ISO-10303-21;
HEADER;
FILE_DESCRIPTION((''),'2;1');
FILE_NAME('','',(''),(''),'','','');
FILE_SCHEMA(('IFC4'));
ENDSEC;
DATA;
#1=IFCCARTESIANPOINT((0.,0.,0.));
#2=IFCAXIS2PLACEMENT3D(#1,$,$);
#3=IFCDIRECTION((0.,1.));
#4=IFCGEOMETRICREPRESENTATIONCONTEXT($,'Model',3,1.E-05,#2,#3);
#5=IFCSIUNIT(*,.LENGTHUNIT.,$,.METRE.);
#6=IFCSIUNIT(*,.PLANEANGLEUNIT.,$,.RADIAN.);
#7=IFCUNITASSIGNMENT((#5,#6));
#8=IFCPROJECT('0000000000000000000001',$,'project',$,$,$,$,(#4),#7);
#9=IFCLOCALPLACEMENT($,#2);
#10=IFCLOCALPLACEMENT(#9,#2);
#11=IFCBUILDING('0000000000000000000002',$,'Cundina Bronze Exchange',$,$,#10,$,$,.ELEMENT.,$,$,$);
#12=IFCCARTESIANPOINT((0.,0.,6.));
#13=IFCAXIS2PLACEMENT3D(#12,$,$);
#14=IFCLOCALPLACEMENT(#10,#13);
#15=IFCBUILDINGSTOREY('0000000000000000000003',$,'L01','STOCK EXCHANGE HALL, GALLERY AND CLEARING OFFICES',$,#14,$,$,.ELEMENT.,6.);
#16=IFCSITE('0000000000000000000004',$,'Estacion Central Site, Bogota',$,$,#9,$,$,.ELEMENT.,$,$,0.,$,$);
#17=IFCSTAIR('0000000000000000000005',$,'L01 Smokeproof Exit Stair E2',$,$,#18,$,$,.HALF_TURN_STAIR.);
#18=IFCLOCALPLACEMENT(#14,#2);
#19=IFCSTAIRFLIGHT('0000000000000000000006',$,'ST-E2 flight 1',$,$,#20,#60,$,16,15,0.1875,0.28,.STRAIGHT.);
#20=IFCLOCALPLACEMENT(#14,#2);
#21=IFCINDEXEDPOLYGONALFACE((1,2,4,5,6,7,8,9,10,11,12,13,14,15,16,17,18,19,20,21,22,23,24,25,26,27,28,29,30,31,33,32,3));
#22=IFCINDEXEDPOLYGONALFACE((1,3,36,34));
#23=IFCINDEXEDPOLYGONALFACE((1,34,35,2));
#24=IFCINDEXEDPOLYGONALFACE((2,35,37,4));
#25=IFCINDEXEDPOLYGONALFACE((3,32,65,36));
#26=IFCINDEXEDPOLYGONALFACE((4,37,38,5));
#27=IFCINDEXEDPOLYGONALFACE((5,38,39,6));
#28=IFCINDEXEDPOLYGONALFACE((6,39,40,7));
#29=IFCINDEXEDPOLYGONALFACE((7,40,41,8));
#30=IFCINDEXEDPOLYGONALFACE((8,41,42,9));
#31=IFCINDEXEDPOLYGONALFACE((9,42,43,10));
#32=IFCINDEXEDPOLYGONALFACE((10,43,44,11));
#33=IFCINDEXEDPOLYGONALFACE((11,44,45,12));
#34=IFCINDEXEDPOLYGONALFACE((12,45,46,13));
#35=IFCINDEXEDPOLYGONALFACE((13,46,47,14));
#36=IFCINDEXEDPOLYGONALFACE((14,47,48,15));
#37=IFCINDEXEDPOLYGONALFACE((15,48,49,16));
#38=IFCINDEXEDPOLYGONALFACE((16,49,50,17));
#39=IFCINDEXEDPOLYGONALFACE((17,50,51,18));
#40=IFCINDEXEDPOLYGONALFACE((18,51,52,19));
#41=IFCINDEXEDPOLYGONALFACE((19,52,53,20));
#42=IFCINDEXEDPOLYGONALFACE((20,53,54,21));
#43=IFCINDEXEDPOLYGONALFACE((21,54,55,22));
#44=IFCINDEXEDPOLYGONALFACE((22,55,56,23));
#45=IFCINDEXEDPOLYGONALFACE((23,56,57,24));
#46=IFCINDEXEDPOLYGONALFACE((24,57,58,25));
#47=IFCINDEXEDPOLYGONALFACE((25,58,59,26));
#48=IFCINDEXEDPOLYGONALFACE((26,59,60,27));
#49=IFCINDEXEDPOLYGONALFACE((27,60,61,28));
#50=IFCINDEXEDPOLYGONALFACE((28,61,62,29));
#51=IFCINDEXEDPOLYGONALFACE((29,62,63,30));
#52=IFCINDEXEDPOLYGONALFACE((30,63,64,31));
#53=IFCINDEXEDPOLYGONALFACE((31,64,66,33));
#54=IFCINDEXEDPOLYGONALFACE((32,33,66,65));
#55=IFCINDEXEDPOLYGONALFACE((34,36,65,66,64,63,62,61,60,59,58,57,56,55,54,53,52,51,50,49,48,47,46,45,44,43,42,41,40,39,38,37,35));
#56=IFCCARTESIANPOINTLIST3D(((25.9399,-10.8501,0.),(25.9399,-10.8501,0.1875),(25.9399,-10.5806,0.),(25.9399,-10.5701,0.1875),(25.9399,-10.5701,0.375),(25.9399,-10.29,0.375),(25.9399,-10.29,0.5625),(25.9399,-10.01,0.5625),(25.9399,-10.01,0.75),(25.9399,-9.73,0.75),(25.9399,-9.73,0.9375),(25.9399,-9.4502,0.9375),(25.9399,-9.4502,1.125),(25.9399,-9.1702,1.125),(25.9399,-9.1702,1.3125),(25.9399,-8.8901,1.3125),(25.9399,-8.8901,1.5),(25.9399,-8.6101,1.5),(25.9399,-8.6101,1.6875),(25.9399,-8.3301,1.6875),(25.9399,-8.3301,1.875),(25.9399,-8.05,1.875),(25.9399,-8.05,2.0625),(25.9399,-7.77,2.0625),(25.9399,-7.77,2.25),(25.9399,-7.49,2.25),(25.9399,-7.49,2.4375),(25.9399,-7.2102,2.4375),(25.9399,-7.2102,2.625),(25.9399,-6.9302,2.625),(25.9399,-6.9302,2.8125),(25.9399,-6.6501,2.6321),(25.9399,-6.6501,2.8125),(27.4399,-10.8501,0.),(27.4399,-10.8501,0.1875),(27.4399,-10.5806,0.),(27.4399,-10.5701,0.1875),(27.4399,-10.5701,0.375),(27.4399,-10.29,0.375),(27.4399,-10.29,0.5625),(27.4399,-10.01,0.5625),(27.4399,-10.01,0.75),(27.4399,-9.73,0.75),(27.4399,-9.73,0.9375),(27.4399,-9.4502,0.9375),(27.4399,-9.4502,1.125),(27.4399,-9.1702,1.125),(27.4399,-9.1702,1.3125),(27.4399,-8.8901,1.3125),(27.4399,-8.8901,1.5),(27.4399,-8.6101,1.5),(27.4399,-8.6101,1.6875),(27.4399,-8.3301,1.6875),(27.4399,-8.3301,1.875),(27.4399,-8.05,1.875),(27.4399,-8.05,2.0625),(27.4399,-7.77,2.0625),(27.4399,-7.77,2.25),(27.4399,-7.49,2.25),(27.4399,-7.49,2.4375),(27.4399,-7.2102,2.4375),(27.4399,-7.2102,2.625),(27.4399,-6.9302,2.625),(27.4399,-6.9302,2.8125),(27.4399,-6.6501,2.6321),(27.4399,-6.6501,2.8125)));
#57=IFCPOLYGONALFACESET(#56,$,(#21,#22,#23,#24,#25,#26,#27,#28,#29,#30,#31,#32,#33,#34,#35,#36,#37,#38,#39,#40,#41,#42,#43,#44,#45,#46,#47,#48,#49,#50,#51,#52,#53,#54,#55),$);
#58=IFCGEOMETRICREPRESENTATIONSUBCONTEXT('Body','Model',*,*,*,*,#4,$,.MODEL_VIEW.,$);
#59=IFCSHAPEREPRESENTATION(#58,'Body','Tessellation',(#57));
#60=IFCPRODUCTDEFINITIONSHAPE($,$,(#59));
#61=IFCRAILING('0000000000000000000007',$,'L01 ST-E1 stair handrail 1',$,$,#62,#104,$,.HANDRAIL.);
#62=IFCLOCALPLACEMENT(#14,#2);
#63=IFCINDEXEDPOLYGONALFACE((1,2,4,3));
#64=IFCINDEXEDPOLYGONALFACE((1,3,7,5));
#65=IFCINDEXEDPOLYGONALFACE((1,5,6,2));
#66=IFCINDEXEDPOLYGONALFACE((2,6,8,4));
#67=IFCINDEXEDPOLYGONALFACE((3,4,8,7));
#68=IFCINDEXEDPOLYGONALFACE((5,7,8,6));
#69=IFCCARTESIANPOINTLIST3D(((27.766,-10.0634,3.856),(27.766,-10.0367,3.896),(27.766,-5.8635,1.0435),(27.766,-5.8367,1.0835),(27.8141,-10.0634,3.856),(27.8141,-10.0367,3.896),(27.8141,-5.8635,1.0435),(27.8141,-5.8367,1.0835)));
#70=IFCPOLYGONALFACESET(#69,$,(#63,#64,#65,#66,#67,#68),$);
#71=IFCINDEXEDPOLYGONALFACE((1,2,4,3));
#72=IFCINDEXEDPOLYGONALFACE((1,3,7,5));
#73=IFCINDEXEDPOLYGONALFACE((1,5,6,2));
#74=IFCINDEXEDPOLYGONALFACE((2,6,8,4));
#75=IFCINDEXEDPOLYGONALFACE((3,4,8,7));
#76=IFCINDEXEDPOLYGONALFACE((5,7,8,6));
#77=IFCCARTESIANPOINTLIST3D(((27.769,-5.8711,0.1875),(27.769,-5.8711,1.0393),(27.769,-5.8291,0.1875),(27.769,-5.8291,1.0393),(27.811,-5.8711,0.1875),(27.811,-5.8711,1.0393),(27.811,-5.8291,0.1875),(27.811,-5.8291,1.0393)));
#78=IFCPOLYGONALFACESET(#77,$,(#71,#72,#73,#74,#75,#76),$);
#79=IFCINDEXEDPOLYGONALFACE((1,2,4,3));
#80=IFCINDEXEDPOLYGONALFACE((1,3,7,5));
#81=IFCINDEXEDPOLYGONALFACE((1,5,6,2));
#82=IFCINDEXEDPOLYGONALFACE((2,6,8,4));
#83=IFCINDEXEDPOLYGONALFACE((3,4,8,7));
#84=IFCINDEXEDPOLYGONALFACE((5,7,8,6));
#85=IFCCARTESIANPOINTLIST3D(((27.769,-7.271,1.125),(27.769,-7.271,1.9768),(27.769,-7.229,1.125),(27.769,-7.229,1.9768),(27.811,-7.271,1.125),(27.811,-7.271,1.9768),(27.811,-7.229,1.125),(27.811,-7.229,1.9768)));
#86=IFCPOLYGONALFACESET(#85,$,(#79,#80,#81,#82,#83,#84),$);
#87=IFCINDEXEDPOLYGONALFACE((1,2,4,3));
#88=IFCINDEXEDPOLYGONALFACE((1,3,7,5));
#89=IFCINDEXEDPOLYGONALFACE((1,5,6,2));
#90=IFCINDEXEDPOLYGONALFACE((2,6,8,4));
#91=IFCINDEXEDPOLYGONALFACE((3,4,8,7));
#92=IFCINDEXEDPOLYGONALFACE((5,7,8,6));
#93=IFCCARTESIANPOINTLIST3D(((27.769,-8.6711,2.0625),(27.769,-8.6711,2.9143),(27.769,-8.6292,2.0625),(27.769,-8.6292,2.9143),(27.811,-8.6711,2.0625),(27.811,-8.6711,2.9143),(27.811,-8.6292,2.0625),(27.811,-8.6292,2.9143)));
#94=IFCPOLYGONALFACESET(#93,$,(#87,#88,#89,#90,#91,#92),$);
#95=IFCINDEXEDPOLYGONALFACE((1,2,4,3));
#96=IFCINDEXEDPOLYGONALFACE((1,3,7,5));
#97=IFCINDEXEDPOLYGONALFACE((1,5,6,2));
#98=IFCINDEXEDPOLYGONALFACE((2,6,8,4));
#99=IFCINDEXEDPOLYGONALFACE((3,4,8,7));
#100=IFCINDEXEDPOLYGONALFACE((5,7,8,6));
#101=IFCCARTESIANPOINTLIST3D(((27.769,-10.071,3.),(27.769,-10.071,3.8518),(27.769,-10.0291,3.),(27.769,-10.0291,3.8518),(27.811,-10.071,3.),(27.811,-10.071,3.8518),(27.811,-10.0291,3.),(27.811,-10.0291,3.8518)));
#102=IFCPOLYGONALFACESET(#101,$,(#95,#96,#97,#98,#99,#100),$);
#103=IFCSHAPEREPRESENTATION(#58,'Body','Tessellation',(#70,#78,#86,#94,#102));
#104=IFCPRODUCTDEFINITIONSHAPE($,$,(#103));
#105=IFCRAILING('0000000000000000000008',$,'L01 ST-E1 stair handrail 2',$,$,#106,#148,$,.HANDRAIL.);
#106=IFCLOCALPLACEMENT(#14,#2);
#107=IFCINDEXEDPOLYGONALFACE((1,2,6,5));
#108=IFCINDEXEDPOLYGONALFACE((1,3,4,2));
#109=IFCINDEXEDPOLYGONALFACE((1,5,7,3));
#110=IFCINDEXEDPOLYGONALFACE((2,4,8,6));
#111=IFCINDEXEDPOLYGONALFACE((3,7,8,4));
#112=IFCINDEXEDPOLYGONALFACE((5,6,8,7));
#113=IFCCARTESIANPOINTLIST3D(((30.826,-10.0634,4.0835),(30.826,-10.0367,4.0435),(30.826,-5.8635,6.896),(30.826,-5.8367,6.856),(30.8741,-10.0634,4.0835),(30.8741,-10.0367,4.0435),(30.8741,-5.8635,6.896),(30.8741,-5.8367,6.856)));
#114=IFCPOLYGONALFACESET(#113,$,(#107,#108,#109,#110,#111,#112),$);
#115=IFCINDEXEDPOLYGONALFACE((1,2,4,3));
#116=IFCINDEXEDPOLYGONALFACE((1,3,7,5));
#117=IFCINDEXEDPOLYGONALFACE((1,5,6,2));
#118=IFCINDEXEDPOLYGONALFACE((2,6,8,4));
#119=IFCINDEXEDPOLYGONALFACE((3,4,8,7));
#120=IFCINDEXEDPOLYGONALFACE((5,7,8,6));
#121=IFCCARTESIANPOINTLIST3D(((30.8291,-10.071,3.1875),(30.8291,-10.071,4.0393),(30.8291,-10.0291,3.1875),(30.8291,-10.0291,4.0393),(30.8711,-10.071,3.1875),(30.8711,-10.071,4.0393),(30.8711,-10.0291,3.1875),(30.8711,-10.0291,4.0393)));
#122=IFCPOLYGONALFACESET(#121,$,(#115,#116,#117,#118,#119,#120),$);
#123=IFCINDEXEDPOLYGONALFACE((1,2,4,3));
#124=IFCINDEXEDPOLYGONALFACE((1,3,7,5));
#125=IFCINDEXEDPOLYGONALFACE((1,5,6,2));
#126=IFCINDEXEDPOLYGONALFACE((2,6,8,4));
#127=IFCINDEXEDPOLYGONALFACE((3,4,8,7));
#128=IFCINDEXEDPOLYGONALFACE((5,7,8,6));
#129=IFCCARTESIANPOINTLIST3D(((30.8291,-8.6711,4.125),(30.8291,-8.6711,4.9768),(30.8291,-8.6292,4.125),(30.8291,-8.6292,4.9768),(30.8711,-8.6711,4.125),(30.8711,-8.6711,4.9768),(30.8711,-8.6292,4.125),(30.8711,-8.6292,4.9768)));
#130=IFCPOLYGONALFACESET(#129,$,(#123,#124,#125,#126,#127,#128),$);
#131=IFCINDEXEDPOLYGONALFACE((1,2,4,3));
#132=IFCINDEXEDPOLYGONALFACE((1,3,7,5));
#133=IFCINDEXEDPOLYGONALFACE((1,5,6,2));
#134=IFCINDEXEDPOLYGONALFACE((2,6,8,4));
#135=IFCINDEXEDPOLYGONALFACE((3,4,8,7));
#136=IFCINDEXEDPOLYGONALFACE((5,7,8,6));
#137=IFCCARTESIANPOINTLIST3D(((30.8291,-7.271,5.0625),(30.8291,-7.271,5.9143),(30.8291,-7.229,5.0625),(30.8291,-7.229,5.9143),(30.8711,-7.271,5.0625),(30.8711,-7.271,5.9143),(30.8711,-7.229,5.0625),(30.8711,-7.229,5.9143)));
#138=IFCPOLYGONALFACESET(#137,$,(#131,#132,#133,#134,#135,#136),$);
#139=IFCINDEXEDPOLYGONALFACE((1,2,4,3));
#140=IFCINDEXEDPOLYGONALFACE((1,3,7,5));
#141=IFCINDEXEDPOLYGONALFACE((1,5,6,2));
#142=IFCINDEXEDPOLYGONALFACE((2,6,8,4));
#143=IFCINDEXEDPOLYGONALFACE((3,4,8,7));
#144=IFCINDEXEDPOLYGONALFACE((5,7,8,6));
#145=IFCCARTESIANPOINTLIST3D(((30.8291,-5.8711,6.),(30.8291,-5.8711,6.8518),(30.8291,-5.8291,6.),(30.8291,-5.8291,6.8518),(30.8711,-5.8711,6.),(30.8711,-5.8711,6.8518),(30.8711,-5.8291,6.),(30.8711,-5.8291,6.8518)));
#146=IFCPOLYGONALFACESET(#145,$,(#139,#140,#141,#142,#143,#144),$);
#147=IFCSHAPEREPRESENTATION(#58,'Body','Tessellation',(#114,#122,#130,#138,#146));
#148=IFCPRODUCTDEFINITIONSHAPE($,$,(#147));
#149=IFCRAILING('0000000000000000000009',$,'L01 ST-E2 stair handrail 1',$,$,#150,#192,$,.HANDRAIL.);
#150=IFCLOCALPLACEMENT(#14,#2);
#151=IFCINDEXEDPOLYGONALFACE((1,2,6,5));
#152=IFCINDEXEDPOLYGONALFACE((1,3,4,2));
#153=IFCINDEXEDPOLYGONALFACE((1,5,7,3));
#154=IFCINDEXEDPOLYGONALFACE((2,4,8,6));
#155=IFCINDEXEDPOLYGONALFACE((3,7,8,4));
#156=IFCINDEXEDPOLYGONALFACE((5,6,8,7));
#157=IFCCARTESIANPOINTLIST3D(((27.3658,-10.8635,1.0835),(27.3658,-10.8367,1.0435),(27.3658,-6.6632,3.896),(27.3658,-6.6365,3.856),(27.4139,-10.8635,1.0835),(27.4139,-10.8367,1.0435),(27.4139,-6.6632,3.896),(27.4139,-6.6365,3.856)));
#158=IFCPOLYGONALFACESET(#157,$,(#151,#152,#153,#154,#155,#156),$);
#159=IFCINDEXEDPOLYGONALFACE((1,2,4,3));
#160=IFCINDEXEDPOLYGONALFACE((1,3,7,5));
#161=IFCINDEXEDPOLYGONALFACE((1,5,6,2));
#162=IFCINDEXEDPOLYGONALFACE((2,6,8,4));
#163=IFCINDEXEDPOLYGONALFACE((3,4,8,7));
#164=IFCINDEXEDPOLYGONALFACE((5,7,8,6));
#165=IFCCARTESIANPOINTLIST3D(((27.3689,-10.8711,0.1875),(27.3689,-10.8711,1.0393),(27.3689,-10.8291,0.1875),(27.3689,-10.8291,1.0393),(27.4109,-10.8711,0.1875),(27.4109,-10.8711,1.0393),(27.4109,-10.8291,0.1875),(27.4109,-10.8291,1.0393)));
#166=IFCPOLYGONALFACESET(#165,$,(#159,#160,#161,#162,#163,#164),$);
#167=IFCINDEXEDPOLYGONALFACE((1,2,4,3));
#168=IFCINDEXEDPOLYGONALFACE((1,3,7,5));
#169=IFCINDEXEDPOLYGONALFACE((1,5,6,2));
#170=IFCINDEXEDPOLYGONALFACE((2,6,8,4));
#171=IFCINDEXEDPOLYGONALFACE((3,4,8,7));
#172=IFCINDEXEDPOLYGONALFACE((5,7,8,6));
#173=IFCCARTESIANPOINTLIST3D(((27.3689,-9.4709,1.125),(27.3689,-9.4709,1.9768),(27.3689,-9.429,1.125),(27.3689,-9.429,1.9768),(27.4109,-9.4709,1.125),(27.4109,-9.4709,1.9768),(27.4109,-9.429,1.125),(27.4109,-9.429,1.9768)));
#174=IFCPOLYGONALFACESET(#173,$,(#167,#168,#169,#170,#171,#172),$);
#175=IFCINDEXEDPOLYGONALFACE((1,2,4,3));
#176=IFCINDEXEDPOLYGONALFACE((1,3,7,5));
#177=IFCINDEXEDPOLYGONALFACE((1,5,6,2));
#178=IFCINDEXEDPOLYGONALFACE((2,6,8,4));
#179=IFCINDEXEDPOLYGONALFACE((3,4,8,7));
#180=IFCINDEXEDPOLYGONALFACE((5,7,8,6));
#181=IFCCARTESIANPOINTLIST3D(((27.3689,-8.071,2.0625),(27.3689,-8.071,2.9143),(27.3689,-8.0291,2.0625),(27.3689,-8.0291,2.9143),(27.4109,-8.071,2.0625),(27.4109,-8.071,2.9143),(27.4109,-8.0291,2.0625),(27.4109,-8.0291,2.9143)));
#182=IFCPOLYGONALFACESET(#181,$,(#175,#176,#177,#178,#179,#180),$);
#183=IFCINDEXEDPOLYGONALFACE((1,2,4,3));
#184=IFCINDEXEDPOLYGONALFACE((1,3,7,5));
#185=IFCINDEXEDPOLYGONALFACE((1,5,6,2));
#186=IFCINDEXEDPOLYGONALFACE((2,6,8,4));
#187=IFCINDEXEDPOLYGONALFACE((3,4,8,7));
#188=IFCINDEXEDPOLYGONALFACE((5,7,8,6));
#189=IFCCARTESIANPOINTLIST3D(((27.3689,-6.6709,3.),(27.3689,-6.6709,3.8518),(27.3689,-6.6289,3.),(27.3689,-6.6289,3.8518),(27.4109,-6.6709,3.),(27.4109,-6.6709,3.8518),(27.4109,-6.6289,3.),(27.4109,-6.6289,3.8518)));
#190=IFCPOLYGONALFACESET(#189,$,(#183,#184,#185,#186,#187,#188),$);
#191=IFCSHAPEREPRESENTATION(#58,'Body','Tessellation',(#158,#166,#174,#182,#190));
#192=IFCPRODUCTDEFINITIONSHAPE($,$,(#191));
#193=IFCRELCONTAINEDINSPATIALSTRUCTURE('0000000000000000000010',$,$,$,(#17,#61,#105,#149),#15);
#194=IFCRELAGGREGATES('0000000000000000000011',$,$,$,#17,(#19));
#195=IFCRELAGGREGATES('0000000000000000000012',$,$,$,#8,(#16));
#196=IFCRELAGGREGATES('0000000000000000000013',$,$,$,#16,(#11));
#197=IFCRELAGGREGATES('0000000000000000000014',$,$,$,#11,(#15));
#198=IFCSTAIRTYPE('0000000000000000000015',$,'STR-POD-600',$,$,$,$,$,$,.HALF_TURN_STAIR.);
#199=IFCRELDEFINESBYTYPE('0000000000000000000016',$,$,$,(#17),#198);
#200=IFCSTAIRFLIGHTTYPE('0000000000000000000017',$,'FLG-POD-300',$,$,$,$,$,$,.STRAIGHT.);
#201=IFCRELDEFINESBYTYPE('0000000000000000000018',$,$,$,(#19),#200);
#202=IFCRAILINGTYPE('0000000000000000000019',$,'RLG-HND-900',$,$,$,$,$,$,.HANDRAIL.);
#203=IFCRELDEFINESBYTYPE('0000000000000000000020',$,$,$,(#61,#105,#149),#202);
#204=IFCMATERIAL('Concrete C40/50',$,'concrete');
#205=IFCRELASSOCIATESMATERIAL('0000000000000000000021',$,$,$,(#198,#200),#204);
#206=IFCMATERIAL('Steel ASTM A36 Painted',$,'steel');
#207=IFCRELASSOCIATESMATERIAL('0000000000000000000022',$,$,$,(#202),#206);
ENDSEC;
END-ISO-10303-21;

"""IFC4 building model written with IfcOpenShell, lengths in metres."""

from ifc_helpers import new_model, si_unit, direction, frame, origin, origin_2d, place, context, subcontext, project, spatial, polyline, rectangle, outline, extrude, material, type_object, element, aggregate, save


model = new_model("IFC4")

# Units and contexts
model_context = context("Model", 3, precision=1e-05, world=origin(), true_north=direction((0.0, 1.0)))
body_context = subcontext(model_context, "Body", "Model", "MODEL_VIEW")
ifc_project = project(units=[si_unit("LENGTHUNIT", "METRE"), si_unit("PLANEANGLEUNIT", "RADIAN")], contexts=[model_context])

# Site, building, storey
site_placement = place(None, origin())
site = spatial("IfcSite", under=ifc_project, at=site_placement, Name="Estacion Central Site, Bogota", CompositionType="ELEMENT", RefElevation=0.0)
building_placement = place(site_placement, origin())
building = spatial("IfcBuilding", under=site, at=building_placement, Name="Cundina Bronze Exchange", CompositionType="ELEMENT")
storey_placement = place(building_placement, frame((0.0, 0.0, 6.0)))
storey = spatial("IfcBuildingStorey", under=building, at=storey_placement, Name="L01", Description="STOCK EXCHANGE HALL, GALLERY AND CLEARING OFFICES", CompositionType="ELEMENT", Elevation=6.0)

# Shared definitions
ifc_material_1 = material(Name="Concrete C40/50", Category="concrete")

# Shared definitions
ifc_material_2 = material(Name="Steel ASTM A36 Painted", Category="steel")

# Shared definitions
stair_type = type_object("IfcStairType", Name="STR-POD-600", PredefinedType="HALF_TURN_STAIR", material=ifc_material_1)
stair_flight_type = type_object("IfcStairFlightType", Name="FLG-POD-300", PredefinedType="STRAIGHT", material=ifc_material_1)

# Stair, stair flight
stair_1_placement = place(storey_placement, origin())
stair_1 = element("IfcStair", 1, at=stair_1_placement, inside=storey, type_object=stair_type, Name="L01 Smokeproof Exit Stair E2", PredefinedType="HALF_TURN_STAIR")
stair_flight_1_placement = place(storey_placement, frame((26.6899, -10.8501, 0.0), z_axis=(0.0, 0.0, 1.0), x_axis=(0.0, 1.0, 0.0)))
stair_flight_1 = element("IfcStairFlight", 2, at=stair_flight_1_placement, type_object=stair_flight_type, Name="ST-E2 flight 1", NumberOfRisers=16, NumberOfTreads=15, PredefinedType="STRAIGHT", RiserHeight=0.1875, TreadLength=0.28, context=body_context, shape_type="SweptSolid", body=[
    extrude(outline(polyline([(0.0, 0.0), (0.0, 0.1875), (0.28, 0.1875), (0.28, 0.375), (0.5601, 0.375), (0.5601, 0.5625), (0.8401, 0.5625), (0.8401, 0.75), (1.1201, 0.75), (1.1201, 0.9375), (1.3999, 0.9375), (1.3999, 1.125), (1.6799, 1.125), (1.6799, 1.3125), (1.96, 1.3125), (1.96, 1.5), (2.24, 1.5), (2.24, 1.6875), (2.52, 1.6875), (2.52, 1.875), (2.8, 1.875), (2.8, 2.0625), (3.0801, 2.0625), (3.0801, 2.25), (3.3601, 2.25), (3.3601, 2.4375), (3.6399, 2.4375), (3.6399, 2.625), (3.9199, 2.625), (3.9199, 2.8125), (4.2, 2.8125), (4.2, 3.0), (4.2, 2.6321), (0.2695, 0.0), (0.0, 0.0)])), frame((0.0, 0.75, 0.0), z_axis=(0.0, -1.0, 0.0), x_axis=(1.0, 0.0, 0.0)), (0.0, 0.0, 1.0), 1.5),
])
aggregate(stair_1, [stair_flight_1])

# Railings
railing_type_1 = type_object("IfcRailingType", Name="RLG-HND-900", PredefinedType="HANDRAIL", material=ifc_material_2)
railing_1_placement = place(storey_placement, frame((27.79, -5.8501, 0.1875)))
element("IfcRailing", 3, at=railing_1_placement, inside=storey, type_object=railing_type_1, Name="L01 ST-E1 stair handrail 1", PredefinedType="HANDRAIL", context=body_context, shape_type="SweptSolid", body=[
    extrude(rectangle(XDim=0.0481, YDim=0.0481, at=origin_2d()), frame((0.0, 0.0, 0.876), z_axis=(0.0, -0.830904, 0.556416), x_axis=(1.0, 0.0, 0.0)), (0.0, 0.0, 1.0), 5.0547),
    extrude(rectangle(XDim=0.042, YDim=0.042, at=origin_2d()), origin(), (0.0, 0.0, 1.0), 0.8518),
    extrude(rectangle(XDim=0.042, YDim=0.042, at=origin_2d()), frame((0.0, -1.3999, 0.9375)), (0.0, 0.0, 1.0), 0.8518),
    extrude(rectangle(XDim=0.042, YDim=0.042, at=origin_2d()), frame((0.0, -2.8, 1.875)), (0.0, 0.0, 1.0), 0.8518),
    extrude(rectangle(XDim=0.042, YDim=0.042, at=origin_2d()), frame((0.0, -4.2, 2.8125)), (0.0, 0.0, 1.0), 0.8518),
])
railing_2_placement = place(storey_placement, frame((30.8501, -10.05, 3.1875)))
element("IfcRailing", 4, at=railing_2_placement, inside=storey, type_object=railing_type_1, Name="L01 ST-E1 stair handrail 2", PredefinedType="HANDRAIL", context=body_context, shape_type="SweptSolid", body=[
    extrude(rectangle(XDim=0.0481, YDim=0.0481, at=origin_2d()), frame((0.0, 0.0, 0.876), z_axis=(0.0, 0.830904, 0.556416), x_axis=(-1.0, 0.0, 0.0)), (0.0, 0.0, 1.0), 5.0547),
    extrude(rectangle(XDim=0.042, YDim=0.042, at=origin_2d()), origin(), (0.0, 0.0, 1.0), 0.8518),
    extrude(rectangle(XDim=0.042, YDim=0.042, at=origin_2d()), frame((0.0, 1.3999, 0.9375)), (0.0, 0.0, 1.0), 0.8518),
    extrude(rectangle(XDim=0.042, YDim=0.042, at=origin_2d()), frame((0.0, 2.8, 1.875)), (0.0, 0.0, 1.0), 0.8518),
    extrude(rectangle(XDim=0.042, YDim=0.042, at=origin_2d()), frame((0.0, 4.2, 2.8125)), (0.0, 0.0, 1.0), 0.8518),
])
railing_3_placement = place(storey_placement, frame((27.3899, -10.8501, 0.1875)))
element("IfcRailing", 5, at=railing_3_placement, inside=storey, type_object=railing_type_1, Name="L01 ST-E2 stair handrail 1", PredefinedType="HANDRAIL", context=body_context, shape_type="SweptSolid", body=[
    extrude(rectangle(XDim=0.0481, YDim=0.0481, at=origin_2d()), frame((0.0, 0.0, 0.876), z_axis=(0.0, 0.830919, 0.556393), x_axis=(-1.0, 0.0, 0.0)), (0.0, 0.0, 1.0), 5.0549),
    extrude(rectangle(XDim=0.042, YDim=0.042, at=origin_2d()), origin(), (0.0, 0.0, 1.0), 0.8518),
    extrude(rectangle(XDim=0.042, YDim=0.042, at=origin_2d()), frame((0.0, 1.4001, 0.9375)), (0.0, 0.0, 1.0), 0.8518),
    extrude(rectangle(XDim=0.042, YDim=0.042, at=origin_2d()), frame((0.0, 2.8, 1.875)), (0.0, 0.0, 1.0), 0.8518),
    extrude(rectangle(XDim=0.042, YDim=0.042, at=origin_2d()), frame((0.0, 4.2002, 2.8125)), (0.0, 0.0, 1.0), 0.8518),
])

save(model, "model.ifc")
